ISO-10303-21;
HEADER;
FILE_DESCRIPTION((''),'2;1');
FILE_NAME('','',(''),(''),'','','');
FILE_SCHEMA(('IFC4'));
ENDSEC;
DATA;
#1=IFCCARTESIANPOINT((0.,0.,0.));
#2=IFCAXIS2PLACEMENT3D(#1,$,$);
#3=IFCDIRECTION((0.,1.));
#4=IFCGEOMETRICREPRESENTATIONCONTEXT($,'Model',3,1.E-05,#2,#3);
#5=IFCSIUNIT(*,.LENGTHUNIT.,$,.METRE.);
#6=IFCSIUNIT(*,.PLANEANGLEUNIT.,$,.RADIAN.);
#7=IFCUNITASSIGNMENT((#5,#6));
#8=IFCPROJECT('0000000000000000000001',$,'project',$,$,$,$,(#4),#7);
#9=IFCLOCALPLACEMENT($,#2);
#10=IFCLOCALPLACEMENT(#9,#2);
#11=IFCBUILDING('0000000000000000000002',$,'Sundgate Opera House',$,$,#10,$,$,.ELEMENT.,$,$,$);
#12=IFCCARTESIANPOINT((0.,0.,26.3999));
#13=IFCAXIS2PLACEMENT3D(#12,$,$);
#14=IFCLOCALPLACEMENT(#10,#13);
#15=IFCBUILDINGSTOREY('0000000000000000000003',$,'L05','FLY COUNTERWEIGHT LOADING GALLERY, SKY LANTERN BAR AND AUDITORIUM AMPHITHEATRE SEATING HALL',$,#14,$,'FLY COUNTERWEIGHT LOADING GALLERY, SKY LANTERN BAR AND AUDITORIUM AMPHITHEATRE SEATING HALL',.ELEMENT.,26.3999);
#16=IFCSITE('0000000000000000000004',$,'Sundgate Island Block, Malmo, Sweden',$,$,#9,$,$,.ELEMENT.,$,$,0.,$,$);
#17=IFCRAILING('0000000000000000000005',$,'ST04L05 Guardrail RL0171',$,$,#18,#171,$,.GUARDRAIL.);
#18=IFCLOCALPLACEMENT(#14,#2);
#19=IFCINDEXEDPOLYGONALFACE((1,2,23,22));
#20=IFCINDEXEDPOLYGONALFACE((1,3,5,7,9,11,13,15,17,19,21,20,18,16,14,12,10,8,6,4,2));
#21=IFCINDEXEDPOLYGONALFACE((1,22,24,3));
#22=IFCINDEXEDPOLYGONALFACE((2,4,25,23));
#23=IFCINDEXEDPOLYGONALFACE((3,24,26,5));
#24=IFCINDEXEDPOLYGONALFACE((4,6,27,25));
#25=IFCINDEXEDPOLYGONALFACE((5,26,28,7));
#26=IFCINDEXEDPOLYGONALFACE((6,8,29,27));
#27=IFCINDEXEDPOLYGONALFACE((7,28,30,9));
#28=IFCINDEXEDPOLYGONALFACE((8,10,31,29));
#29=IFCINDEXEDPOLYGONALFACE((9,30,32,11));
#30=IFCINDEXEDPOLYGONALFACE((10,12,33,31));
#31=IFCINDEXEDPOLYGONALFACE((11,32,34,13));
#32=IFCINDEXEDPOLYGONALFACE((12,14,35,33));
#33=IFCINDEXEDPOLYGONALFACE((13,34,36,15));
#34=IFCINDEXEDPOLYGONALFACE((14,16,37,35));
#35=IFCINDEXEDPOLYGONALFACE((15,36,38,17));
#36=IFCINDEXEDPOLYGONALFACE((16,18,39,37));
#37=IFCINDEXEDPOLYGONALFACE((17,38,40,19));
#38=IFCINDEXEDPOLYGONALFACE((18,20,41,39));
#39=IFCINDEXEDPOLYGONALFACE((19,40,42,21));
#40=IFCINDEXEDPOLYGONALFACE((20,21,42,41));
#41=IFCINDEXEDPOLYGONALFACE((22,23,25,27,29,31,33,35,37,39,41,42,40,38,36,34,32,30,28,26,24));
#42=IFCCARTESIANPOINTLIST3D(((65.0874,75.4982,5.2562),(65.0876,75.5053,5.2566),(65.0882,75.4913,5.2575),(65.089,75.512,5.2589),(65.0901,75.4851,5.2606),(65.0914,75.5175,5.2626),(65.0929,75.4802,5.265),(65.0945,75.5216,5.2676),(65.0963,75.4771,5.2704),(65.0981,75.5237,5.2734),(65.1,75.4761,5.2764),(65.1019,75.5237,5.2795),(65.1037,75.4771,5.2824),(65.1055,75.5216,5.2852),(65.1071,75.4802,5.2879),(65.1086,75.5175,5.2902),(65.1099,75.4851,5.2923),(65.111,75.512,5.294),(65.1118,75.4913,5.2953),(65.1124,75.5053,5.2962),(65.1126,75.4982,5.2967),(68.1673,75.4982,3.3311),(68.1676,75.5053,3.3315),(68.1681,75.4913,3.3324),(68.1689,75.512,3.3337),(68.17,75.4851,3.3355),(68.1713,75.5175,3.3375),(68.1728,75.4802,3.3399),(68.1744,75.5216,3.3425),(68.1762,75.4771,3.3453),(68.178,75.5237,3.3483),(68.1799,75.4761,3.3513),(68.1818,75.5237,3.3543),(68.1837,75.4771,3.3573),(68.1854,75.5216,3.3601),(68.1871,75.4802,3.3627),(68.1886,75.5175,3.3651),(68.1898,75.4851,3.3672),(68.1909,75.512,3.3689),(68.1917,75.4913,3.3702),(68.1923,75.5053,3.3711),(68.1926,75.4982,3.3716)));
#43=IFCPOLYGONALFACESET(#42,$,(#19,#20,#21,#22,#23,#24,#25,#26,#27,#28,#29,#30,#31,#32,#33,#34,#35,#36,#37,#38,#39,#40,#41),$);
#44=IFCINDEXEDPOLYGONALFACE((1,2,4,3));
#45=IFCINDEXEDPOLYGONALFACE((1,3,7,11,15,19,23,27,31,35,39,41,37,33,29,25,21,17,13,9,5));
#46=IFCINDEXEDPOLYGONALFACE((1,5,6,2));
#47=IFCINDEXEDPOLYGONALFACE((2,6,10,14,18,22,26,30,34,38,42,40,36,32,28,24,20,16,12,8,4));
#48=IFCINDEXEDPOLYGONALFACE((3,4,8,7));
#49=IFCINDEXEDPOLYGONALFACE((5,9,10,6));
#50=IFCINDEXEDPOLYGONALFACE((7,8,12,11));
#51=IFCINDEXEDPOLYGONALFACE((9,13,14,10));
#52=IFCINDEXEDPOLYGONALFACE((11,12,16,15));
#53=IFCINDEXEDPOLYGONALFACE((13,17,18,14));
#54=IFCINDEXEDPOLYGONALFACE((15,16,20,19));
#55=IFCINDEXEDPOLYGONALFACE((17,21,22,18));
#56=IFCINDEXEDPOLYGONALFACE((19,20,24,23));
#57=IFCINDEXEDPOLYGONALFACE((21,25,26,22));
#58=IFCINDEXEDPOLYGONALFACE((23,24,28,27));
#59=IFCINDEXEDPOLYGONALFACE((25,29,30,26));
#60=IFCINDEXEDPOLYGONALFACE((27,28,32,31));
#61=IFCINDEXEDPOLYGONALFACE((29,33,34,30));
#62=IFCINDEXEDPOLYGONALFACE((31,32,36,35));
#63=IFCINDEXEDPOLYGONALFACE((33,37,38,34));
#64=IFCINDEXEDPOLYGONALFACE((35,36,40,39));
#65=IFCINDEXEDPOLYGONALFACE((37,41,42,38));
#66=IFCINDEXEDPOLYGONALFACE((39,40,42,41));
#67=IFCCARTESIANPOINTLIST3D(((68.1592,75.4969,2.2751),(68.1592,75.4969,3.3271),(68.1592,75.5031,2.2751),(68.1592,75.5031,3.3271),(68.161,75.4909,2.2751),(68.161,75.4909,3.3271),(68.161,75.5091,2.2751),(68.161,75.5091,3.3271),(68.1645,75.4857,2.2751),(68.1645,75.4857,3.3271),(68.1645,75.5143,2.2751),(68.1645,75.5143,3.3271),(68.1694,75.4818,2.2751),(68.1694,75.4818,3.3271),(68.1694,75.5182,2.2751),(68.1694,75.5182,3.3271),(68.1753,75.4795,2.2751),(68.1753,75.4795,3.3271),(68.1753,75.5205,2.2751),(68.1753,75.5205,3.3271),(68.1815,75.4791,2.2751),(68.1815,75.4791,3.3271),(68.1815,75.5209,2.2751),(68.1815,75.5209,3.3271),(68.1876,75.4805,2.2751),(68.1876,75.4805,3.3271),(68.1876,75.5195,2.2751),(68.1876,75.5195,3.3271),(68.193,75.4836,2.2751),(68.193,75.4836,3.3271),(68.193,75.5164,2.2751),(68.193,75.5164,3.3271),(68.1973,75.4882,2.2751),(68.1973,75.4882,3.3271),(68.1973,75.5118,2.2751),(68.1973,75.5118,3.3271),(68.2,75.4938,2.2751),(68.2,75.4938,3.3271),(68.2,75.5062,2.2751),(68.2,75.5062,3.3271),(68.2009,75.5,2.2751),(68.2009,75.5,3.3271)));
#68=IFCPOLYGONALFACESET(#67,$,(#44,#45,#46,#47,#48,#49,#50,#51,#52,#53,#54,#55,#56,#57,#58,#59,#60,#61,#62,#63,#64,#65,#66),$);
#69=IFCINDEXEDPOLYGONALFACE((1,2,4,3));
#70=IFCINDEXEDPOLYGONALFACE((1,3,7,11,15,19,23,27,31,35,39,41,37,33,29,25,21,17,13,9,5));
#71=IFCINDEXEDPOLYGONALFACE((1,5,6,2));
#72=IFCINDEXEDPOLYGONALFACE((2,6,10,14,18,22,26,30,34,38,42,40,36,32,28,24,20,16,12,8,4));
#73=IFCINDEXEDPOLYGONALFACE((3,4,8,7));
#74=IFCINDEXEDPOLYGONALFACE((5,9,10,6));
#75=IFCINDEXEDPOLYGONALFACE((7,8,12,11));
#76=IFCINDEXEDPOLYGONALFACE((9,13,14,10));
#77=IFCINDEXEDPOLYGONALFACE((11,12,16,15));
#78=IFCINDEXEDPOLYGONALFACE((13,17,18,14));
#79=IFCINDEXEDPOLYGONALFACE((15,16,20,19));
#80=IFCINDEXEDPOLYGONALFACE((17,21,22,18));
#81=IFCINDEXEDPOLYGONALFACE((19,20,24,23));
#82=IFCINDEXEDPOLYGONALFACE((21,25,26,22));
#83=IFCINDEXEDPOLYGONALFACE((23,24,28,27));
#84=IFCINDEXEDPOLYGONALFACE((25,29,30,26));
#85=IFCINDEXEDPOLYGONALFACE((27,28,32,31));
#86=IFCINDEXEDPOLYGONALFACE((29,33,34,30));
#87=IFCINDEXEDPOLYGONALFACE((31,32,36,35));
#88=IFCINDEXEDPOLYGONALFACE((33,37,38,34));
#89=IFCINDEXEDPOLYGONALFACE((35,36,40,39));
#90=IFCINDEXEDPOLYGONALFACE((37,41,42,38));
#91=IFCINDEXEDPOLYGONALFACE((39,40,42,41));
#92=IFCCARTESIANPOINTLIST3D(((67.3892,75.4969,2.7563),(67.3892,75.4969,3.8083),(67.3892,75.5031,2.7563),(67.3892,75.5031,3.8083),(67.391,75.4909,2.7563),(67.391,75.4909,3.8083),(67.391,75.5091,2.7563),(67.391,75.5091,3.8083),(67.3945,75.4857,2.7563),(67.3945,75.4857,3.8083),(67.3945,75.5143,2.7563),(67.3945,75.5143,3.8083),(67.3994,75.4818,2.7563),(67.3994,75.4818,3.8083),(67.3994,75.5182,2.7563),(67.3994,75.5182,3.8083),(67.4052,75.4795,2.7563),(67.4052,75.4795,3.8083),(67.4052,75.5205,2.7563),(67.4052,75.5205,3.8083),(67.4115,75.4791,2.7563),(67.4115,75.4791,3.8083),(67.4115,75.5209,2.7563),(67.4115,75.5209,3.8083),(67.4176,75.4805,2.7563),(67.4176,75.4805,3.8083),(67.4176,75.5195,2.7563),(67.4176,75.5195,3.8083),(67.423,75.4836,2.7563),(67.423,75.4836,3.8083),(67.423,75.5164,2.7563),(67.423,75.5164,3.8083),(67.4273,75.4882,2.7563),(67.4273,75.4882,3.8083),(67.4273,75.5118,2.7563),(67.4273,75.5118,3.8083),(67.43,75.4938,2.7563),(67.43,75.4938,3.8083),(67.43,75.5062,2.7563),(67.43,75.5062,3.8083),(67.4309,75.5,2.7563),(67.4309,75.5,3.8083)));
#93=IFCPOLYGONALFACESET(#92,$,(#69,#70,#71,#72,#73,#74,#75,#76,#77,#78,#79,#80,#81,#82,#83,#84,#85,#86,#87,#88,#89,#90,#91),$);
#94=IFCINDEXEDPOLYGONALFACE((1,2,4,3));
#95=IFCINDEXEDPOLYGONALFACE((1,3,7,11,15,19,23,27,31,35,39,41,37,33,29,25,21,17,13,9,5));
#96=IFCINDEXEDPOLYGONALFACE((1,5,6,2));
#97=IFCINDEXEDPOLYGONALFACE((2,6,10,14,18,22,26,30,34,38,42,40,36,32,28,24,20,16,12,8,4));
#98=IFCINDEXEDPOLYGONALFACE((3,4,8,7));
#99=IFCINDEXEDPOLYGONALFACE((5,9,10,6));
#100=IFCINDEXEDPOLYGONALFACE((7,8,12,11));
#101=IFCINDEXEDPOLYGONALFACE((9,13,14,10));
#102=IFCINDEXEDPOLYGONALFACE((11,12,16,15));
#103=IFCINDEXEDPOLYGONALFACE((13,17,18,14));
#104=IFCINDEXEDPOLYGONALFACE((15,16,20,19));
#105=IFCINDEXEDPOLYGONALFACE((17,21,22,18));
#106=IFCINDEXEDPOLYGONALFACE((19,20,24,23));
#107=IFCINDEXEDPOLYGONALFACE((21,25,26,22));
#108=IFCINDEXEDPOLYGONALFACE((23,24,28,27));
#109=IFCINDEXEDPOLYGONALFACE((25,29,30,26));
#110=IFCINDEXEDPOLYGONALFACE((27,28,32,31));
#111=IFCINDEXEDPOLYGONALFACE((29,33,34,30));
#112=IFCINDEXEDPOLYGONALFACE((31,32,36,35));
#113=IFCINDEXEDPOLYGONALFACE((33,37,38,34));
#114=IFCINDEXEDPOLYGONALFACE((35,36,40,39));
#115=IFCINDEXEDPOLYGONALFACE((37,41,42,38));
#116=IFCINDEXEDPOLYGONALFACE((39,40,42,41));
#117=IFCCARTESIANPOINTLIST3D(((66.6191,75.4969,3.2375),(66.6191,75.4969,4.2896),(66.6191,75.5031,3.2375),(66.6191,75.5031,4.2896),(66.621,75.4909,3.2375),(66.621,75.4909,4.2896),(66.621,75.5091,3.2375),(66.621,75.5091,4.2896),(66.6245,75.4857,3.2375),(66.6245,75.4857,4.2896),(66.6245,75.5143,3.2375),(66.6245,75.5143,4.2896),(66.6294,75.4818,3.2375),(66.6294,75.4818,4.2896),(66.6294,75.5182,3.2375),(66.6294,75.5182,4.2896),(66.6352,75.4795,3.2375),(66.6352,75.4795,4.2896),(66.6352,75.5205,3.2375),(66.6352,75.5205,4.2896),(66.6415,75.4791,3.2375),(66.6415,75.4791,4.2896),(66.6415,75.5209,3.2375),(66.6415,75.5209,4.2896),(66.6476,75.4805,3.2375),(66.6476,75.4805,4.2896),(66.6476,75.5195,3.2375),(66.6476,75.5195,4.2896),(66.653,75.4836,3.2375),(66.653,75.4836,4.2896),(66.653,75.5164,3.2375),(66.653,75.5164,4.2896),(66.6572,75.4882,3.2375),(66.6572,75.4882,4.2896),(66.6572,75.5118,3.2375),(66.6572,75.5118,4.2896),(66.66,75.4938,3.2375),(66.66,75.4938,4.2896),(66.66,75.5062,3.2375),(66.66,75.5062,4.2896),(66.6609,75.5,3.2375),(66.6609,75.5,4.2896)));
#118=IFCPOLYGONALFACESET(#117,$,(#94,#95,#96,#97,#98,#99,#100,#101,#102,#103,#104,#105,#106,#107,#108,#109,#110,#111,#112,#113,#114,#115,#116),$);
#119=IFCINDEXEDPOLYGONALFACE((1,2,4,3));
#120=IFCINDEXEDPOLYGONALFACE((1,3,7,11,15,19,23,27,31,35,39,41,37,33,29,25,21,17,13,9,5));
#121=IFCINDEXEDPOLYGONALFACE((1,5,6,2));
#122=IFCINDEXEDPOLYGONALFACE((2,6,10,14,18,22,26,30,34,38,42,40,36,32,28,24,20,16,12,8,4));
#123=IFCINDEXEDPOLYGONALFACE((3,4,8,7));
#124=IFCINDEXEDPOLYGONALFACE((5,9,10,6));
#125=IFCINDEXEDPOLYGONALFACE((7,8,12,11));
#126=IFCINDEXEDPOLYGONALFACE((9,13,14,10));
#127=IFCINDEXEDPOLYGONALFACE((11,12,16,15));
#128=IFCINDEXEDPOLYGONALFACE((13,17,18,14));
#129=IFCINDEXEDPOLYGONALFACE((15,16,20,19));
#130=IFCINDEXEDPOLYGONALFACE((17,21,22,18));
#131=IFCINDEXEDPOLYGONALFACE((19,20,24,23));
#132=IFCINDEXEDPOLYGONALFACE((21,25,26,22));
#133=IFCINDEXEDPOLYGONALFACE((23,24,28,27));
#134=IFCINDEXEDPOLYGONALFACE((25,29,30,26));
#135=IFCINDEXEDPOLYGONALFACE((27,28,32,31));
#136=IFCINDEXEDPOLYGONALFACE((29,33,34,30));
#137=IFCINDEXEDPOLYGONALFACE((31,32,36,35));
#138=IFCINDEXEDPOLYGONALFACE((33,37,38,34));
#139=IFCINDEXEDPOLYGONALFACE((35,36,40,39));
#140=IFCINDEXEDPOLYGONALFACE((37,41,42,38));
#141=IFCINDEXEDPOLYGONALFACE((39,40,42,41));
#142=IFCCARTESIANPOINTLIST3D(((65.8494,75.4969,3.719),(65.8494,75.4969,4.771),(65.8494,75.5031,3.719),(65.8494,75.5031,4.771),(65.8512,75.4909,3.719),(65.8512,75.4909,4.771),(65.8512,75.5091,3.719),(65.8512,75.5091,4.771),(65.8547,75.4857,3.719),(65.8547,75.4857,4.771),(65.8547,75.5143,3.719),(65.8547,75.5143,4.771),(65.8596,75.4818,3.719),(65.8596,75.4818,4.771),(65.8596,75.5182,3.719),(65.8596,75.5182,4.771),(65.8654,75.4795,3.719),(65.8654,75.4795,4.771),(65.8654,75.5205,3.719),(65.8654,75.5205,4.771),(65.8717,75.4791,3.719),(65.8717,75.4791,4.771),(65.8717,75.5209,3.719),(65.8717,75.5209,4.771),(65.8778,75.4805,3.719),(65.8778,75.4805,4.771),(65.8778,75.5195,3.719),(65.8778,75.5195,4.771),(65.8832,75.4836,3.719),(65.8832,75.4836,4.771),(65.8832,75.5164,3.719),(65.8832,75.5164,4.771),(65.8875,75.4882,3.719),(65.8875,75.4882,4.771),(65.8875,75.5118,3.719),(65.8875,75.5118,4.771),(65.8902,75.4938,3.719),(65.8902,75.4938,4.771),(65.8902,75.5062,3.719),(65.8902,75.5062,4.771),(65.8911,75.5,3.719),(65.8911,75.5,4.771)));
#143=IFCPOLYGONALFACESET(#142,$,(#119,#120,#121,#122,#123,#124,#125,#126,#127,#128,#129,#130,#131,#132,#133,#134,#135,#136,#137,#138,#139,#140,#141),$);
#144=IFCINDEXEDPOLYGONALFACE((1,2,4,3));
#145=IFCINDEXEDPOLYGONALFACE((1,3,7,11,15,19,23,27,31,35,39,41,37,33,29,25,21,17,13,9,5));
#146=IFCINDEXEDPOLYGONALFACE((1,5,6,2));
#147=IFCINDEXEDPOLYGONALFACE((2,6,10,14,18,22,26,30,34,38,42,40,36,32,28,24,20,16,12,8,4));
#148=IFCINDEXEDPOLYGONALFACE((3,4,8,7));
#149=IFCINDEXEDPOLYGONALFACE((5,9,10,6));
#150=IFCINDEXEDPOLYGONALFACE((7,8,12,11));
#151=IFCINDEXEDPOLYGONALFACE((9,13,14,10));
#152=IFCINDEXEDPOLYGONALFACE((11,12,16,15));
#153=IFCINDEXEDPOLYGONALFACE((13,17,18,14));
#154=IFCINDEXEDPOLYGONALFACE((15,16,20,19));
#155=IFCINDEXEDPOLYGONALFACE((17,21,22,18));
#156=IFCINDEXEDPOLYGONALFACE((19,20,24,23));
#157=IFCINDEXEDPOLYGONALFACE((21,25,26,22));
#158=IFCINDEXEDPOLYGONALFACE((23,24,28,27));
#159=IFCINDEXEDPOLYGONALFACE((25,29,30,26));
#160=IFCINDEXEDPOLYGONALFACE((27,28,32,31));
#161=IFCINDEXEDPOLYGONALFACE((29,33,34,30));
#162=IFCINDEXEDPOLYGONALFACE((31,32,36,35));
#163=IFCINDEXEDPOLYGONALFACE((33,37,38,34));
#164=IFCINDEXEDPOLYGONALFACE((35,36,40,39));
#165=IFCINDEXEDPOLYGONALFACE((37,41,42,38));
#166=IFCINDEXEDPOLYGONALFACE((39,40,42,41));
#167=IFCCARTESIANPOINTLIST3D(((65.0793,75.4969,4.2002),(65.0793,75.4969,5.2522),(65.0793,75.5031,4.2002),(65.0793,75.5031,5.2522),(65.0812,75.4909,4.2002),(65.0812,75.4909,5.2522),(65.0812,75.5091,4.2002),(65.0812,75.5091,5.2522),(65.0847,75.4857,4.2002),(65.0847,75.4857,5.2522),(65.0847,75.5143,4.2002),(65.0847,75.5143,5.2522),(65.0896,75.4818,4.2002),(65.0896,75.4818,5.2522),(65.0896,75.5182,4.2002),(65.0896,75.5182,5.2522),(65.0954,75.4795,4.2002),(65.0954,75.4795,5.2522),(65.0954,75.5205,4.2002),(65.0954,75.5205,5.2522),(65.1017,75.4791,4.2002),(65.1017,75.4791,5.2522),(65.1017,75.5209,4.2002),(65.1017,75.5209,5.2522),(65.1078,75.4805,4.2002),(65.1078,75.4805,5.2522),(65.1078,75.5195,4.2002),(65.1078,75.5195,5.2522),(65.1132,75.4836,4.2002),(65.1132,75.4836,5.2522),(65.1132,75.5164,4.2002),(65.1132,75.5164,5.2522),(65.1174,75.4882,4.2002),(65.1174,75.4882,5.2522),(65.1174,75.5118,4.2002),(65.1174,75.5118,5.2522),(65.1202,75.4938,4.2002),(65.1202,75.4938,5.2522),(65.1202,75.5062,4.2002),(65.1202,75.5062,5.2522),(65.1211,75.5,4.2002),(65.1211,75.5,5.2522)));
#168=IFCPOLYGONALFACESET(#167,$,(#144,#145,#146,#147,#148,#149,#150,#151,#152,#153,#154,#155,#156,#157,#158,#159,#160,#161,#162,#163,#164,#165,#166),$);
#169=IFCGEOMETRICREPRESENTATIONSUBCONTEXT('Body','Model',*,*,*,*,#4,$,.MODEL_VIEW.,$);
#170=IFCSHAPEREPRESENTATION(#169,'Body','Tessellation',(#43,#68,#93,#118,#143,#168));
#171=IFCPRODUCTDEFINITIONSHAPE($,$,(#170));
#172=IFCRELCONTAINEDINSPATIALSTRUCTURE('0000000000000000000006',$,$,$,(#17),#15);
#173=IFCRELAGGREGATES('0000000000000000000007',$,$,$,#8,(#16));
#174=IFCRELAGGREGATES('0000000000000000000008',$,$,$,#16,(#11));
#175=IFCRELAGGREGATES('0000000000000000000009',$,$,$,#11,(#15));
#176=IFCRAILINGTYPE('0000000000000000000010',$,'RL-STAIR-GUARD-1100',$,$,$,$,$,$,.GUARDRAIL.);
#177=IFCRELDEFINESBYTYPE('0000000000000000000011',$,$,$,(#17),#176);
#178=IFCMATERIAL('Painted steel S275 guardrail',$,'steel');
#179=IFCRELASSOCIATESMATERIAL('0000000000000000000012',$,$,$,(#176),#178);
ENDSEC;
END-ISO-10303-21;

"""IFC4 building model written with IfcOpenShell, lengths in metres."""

from ifc_helpers import new_model, si_unit, direction, frame, origin, origin_2d, place, context, subcontext, project, spatial, circle, extrude, material, type_object, element, save


model = new_model("IFC4")

# Units and contexts
model_context = context("Model", 3, precision=1e-05, world=origin(), true_north=direction((0.0, 1.0)))
body_context = subcontext(model_context, "Body", "Model", "MODEL_VIEW")
ifc_project = project(units=[si_unit("LENGTHUNIT", "METRE"), si_unit("PLANEANGLEUNIT", "RADIAN")], contexts=[model_context])

# Site, building, storey
site_placement = place(None, origin())
site = spatial("IfcSite", under=ifc_project, at=site_placement, Name="Sundgate Island Block, Malmo, Sweden", CompositionType="ELEMENT", RefElevation=0.0)
building_placement = place(site_placement, origin())
building = spatial("IfcBuilding", under=site, at=building_placement, Name="Sundgate Opera House", CompositionType="ELEMENT")
storey_placement = place(building_placement, frame((0.0, 0.0, 26.3999)))
storey = spatial("IfcBuildingStorey", under=building, at=storey_placement, Name="L05", Description="FLY COUNTERWEIGHT LOADING GALLERY, SKY LANTERN BAR AND AUDITORIUM AMPHITHEATRE SEATING HALL", LongName="FLY COUNTERWEIGHT LOADING GALLERY, SKY LANTERN BAR AND AUDITORIUM AMPHITHEATRE SEATING HALL", CompositionType="ELEMENT", Elevation=26.3999)

# Railing
ifc_material_1 = material(Name="Painted steel S275 guardrail", Category="steel")
railing_type_1 = type_object("IfcRailingType", Name="RL-STAIR-GUARD-1100", PredefinedType="GUARDRAIL", material=ifc_material_1)
railing_1_placement = place(storey_placement, frame((68.1799, 75.5, 2.2751)))
element("IfcRailing", 1, at=railing_1_placement, inside=storey, type_object=railing_type_1, Name="ST04L05 Guardrail RL0171", PredefinedType="GUARDRAIL", context=body_context, shape_type="SweptSolid", body=[
    extrude(circle(Radius=0.0239, at=origin_2d()), frame((0.0, 0.0, 1.0762), z_axis=(-0.847979, 0.0, 0.530029), x_axis=(0.0, -1.0, 0.0)), (0.0, 0.0, 1.0), 3.6321),
    extrude(circle(Radius=0.021, at=origin_2d()), origin(), (0.0, 0.0, 1.0), 1.052),
    extrude(circle(Radius=0.021, at=origin_2d()), frame((-0.77, 0.0, 0.4812)), (0.0, 0.0, 1.0), 1.052),
    extrude(circle(Radius=0.021, at=origin_2d()), frame((-1.54, 0.0, 0.9624)), (0.0, 0.0, 1.0), 1.052),
    extrude(circle(Radius=0.021, at=origin_2d()), frame((-2.3098, 0.0, 1.4438)), (0.0, 0.0, 1.0), 1.052),
    extrude(circle(Radius=0.021, at=origin_2d()), frame((-3.0798, 0.0, 1.925)), (0.0, 0.0, 1.0), 1.052),
])

save(model, "model.ifc")
